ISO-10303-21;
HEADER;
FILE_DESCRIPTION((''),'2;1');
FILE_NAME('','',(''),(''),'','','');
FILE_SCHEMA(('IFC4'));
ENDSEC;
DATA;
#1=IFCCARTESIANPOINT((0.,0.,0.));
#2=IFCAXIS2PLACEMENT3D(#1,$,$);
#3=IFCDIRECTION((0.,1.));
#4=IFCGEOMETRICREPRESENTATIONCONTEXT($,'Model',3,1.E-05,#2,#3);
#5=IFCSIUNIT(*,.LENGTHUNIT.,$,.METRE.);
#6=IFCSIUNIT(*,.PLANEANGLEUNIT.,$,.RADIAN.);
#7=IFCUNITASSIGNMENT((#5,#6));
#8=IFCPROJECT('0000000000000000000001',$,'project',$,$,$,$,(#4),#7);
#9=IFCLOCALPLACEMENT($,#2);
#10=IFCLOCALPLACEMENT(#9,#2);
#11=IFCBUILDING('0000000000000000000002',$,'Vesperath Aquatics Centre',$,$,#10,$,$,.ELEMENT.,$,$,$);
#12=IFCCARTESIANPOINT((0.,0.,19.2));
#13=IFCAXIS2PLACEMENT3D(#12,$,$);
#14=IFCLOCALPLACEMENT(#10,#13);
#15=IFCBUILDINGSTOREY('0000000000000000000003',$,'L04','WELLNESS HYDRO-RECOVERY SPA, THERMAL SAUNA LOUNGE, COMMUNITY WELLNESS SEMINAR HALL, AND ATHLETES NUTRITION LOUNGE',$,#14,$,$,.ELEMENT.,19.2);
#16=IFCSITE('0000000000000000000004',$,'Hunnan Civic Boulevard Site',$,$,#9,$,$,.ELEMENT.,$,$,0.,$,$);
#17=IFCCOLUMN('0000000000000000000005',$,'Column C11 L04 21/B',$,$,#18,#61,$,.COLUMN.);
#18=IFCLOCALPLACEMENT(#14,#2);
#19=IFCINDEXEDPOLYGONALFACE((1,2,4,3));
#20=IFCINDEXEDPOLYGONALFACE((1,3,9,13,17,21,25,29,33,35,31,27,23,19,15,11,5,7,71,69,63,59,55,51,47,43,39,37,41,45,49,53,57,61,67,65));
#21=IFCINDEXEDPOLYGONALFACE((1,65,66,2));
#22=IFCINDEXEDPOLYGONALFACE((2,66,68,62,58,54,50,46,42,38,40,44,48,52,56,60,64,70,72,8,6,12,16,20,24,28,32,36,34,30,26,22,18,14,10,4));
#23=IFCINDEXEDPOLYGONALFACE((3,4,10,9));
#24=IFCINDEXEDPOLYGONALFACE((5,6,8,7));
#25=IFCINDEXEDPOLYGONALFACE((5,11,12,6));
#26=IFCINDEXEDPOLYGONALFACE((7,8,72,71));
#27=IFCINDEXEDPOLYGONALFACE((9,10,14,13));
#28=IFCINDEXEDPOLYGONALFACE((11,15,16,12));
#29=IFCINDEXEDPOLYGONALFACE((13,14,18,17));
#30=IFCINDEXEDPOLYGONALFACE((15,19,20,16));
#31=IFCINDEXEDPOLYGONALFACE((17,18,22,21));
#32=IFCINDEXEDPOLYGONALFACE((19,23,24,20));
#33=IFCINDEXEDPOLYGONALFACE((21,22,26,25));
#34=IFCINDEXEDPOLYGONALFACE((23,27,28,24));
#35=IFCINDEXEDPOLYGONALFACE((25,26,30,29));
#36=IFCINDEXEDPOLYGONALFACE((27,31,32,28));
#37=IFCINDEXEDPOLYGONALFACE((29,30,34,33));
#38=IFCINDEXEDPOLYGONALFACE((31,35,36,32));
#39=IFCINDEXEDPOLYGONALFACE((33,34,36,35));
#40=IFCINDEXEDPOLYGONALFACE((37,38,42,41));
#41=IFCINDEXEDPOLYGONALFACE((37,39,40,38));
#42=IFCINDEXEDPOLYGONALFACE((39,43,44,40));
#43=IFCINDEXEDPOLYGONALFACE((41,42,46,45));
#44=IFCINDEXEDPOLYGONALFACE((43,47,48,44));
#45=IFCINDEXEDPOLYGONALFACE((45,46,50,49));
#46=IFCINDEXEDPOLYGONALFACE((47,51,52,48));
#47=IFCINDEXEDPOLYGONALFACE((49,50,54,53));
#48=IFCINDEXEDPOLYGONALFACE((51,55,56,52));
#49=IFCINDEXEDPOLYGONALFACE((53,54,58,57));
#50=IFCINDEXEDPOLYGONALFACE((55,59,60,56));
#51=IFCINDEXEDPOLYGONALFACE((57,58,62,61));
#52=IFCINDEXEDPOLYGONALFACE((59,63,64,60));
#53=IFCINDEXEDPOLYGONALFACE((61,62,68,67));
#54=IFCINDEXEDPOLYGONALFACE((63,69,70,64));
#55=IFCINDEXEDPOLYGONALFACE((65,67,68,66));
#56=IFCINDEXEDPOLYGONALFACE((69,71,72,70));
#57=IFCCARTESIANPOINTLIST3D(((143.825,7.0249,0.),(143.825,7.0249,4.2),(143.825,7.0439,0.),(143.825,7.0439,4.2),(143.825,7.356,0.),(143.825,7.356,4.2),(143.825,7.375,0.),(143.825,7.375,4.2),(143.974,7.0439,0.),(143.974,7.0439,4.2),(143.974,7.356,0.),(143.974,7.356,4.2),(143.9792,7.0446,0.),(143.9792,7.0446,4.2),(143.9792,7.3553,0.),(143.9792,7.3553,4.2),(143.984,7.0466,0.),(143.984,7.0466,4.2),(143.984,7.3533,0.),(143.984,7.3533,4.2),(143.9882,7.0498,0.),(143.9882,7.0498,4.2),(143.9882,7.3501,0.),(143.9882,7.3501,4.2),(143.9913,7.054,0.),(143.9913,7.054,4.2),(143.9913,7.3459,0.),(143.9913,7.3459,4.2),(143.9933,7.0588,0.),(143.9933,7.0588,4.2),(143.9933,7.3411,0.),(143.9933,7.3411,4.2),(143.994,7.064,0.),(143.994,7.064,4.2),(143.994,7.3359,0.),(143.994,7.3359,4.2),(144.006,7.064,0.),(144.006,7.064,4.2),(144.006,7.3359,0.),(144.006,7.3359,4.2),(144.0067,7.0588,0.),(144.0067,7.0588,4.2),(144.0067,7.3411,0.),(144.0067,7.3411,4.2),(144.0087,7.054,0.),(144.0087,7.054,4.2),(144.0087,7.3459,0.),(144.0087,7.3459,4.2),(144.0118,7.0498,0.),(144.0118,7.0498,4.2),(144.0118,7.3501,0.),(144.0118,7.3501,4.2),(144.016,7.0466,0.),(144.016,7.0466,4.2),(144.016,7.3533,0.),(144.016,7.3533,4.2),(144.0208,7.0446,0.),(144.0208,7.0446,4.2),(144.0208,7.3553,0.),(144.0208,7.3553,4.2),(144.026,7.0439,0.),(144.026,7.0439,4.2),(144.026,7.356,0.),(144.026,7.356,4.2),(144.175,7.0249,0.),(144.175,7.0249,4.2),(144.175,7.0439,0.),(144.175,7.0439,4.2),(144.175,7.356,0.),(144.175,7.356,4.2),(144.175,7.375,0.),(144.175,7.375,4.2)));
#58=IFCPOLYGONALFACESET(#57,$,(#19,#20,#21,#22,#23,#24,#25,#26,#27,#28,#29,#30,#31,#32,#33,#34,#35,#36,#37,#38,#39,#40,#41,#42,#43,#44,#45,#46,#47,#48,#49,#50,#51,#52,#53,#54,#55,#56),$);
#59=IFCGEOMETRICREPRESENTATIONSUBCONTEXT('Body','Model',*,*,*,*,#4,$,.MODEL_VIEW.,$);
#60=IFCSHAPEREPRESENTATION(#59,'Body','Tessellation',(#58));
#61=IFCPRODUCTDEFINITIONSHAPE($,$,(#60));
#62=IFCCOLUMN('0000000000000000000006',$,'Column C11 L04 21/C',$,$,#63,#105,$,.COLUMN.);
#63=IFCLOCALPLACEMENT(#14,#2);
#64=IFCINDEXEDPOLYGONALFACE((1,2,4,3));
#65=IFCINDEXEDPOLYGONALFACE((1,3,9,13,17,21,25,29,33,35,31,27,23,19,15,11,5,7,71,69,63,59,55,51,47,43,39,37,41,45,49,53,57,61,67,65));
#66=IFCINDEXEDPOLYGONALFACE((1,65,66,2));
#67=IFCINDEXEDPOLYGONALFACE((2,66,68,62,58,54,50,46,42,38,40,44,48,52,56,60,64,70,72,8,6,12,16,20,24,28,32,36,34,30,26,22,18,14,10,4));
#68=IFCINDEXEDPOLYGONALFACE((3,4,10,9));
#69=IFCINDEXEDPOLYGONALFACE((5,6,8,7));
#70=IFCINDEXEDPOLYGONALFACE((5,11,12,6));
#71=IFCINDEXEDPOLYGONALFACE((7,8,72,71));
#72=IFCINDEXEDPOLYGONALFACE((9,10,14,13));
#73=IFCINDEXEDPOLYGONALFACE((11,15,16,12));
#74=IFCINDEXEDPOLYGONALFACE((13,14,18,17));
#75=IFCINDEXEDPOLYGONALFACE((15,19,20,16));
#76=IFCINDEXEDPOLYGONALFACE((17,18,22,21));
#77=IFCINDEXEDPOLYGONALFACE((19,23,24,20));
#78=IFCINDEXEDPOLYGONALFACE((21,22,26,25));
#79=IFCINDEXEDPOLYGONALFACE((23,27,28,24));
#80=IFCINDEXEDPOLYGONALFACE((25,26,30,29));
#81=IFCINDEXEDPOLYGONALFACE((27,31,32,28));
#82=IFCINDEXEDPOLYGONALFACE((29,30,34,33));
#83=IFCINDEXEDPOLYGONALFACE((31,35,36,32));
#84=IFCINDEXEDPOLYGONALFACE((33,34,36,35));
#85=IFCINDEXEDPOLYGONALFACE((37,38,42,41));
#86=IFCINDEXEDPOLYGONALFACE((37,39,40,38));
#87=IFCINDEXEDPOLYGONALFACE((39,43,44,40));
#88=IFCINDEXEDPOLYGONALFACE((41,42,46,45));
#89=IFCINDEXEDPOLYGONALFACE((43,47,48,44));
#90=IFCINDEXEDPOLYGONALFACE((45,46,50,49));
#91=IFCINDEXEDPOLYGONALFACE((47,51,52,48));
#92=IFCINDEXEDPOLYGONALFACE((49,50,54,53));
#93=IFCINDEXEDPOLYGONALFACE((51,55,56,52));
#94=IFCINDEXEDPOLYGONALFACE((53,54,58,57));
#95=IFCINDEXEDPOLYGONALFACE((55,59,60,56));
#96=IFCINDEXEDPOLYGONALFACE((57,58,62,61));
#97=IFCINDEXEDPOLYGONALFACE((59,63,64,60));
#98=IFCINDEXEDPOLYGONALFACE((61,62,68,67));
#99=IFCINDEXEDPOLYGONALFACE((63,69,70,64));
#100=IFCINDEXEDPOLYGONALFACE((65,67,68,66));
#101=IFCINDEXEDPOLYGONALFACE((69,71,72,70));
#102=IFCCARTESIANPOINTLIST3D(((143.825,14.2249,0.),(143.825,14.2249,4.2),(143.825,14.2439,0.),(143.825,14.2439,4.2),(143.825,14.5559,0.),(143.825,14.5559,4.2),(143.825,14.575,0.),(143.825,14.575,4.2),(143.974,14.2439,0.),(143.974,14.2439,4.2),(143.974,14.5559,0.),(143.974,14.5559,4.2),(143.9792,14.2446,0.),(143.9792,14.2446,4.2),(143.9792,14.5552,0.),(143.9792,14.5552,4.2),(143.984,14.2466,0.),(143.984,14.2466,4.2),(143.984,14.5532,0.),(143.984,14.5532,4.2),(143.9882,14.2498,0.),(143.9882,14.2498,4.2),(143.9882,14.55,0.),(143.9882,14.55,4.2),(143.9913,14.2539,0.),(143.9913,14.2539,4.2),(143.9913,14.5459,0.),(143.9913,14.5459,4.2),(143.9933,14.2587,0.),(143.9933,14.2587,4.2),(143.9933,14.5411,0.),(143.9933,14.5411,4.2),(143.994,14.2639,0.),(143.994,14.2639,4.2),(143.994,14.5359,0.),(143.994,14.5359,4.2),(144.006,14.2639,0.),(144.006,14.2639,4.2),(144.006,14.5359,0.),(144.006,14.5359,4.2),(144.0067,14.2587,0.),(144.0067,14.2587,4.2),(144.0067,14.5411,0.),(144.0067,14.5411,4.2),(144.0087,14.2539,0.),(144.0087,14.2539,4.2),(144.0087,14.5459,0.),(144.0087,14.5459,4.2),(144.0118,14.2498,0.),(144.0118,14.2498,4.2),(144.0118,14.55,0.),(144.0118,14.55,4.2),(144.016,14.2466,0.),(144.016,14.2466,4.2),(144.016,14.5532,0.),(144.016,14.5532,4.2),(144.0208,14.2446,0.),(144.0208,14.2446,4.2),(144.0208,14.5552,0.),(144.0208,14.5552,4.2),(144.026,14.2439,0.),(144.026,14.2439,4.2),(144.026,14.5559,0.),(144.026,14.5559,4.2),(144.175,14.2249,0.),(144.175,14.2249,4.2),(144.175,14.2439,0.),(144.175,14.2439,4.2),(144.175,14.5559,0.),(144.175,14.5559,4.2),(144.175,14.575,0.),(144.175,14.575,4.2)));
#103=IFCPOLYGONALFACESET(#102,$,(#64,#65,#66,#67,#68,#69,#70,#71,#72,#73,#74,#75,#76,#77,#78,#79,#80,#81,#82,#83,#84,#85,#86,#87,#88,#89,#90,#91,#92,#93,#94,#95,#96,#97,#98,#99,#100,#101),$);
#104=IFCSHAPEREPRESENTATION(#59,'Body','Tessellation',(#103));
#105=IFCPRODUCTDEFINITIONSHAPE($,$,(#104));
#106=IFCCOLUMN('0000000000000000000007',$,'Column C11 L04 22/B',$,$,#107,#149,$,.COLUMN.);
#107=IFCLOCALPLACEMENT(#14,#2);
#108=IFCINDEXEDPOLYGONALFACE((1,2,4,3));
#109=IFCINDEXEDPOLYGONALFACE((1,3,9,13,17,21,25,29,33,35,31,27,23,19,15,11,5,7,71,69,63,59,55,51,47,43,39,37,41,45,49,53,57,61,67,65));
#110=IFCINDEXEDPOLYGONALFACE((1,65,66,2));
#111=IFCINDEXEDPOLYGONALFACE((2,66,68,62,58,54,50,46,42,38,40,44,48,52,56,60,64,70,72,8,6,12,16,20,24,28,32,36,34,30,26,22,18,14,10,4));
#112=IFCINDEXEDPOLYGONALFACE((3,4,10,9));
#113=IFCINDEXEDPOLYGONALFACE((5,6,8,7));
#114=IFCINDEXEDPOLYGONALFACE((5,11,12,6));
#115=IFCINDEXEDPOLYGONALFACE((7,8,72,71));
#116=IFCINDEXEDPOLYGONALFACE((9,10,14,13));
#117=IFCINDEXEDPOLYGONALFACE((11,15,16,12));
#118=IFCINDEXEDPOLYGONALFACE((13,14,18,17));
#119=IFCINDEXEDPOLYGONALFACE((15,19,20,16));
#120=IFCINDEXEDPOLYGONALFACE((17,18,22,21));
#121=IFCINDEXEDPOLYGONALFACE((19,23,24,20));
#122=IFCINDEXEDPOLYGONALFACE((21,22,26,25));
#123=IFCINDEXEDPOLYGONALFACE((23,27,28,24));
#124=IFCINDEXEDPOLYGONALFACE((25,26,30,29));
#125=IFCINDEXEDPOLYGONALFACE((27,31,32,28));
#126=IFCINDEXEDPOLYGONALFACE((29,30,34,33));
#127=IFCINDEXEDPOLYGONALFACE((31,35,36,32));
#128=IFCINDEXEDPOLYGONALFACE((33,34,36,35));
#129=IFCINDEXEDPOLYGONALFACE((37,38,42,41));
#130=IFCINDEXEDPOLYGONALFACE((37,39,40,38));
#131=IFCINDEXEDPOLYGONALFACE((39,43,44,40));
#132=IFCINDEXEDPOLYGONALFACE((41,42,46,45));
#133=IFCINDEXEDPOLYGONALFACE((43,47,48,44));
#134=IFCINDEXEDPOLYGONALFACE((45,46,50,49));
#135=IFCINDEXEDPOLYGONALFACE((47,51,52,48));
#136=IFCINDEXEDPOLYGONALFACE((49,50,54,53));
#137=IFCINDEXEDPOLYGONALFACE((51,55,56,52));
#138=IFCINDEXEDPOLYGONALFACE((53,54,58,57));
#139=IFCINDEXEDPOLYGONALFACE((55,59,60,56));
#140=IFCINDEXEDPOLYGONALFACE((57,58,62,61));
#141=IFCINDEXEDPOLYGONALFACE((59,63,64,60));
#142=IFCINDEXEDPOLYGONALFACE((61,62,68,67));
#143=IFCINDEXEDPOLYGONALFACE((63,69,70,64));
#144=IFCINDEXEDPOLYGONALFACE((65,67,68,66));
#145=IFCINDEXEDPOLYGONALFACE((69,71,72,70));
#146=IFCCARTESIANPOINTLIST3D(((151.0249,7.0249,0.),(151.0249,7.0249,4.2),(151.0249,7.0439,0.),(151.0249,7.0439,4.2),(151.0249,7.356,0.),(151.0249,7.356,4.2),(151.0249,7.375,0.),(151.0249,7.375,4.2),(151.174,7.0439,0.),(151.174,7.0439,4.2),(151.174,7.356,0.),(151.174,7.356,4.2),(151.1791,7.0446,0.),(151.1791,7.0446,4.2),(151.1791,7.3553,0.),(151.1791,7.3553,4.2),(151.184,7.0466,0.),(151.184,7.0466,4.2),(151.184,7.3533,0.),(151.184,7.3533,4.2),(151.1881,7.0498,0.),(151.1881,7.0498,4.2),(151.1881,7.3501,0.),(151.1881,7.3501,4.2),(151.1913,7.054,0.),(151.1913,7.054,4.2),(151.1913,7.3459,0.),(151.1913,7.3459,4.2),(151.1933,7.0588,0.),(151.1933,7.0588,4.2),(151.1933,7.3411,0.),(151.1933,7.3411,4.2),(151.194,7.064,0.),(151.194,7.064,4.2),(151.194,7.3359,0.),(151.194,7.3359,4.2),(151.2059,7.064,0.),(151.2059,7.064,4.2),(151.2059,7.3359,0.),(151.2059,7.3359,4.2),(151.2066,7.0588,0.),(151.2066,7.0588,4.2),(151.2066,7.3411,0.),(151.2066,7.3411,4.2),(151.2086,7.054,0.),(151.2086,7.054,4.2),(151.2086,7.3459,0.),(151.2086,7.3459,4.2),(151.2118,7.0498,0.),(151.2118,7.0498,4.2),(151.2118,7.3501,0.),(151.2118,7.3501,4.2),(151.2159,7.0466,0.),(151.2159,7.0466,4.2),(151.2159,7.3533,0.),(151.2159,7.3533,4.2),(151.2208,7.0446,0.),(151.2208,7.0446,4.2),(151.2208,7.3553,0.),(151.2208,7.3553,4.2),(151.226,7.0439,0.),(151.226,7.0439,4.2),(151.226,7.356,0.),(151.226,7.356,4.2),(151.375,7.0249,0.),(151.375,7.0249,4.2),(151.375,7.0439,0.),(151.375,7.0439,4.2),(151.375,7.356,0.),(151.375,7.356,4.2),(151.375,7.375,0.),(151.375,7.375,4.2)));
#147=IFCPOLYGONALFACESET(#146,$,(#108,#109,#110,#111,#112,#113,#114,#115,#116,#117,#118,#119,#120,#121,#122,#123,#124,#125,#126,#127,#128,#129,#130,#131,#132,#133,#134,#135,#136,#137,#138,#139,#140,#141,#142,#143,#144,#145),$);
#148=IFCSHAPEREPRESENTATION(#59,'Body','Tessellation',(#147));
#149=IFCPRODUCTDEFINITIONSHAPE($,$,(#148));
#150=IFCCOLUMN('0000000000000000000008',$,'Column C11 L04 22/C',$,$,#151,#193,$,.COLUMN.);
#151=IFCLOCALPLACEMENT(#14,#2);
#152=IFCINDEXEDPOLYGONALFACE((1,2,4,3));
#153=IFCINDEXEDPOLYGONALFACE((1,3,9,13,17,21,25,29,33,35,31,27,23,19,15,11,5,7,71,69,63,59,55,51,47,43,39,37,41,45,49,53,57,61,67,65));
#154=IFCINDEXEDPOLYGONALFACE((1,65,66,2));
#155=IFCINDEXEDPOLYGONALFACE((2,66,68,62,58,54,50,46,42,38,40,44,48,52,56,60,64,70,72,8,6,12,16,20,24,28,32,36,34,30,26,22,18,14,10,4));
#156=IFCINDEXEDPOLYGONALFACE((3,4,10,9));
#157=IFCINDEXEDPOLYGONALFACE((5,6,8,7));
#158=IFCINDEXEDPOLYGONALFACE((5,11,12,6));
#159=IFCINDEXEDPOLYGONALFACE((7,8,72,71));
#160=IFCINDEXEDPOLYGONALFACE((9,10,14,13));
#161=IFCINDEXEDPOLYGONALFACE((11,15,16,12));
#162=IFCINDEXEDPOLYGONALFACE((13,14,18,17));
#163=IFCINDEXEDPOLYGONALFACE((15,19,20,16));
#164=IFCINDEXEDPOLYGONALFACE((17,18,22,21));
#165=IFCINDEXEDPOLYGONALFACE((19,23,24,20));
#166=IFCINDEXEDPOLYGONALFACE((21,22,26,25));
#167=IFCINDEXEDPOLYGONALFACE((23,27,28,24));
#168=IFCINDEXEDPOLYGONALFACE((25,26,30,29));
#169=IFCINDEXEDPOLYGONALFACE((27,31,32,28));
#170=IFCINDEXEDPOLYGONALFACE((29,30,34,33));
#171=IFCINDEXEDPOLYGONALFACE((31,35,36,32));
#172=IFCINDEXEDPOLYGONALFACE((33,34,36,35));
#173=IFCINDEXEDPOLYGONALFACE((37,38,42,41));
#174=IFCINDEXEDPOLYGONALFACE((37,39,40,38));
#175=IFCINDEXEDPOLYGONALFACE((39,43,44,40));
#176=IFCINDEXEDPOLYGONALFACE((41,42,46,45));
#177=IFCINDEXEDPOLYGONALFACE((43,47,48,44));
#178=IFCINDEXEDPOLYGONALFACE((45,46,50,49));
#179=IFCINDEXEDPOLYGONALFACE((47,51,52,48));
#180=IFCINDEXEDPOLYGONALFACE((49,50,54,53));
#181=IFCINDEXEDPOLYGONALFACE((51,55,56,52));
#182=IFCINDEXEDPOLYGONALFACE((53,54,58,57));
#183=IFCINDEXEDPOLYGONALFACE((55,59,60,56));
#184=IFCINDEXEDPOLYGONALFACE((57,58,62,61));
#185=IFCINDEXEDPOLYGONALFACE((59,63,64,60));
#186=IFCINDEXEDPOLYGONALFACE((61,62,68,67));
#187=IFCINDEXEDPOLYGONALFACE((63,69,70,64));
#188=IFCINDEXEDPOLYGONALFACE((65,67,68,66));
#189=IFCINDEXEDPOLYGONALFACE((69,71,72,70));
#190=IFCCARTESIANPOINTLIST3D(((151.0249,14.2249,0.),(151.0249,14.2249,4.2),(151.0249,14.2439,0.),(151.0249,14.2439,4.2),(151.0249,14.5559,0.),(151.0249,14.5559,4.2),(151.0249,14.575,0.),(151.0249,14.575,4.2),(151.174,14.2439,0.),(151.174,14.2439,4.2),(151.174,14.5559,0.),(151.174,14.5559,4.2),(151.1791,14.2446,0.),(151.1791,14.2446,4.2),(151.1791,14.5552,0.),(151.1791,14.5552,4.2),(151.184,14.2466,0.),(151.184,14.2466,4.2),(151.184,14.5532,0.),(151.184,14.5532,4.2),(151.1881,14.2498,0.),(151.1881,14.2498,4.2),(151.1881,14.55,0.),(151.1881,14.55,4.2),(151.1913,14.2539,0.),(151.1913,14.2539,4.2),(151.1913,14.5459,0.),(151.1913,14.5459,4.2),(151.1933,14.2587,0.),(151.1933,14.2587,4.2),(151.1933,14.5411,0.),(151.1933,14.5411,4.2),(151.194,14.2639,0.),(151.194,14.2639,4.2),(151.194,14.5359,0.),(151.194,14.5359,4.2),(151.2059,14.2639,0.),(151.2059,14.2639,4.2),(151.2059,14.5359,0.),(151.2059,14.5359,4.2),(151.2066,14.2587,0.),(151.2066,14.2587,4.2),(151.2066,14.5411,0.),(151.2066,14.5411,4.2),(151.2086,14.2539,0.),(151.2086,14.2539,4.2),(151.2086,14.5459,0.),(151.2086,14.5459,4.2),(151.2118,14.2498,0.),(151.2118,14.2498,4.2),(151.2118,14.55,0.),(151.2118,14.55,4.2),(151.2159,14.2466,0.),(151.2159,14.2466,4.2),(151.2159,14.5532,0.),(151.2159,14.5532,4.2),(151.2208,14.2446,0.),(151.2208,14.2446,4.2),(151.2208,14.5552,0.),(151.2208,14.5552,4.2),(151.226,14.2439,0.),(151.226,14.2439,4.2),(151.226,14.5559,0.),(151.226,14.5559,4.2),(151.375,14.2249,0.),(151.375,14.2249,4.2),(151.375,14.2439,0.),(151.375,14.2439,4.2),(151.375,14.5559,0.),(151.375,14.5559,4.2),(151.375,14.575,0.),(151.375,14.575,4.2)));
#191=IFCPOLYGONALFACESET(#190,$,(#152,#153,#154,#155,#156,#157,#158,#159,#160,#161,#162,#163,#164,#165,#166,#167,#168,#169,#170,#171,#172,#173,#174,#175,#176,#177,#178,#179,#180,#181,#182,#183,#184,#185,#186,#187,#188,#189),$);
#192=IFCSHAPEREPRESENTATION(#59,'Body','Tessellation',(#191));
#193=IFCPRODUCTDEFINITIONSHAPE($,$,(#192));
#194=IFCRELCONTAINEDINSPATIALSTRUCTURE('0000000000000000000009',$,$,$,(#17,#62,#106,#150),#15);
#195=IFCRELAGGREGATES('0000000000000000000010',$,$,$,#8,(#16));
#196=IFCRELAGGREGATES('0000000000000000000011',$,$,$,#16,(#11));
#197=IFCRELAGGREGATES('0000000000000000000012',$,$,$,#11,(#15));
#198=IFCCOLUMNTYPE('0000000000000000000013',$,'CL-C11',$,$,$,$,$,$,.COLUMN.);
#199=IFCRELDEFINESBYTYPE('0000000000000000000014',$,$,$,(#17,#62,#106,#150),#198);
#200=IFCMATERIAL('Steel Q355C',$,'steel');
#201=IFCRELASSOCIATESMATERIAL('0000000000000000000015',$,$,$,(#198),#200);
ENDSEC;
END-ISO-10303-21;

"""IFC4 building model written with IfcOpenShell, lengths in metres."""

from ifc_helpers import new_model, si_unit, direction, frame, origin, origin_2d, place, context, subcontext, project, spatial, i_section, extrude, material, material_profile, profile_set, type_object, element, save


model = new_model("IFC4")

# Units and contexts
model_context = context("Model", 3, precision=1e-05, world=origin(), true_north=direction((0.0, 1.0)))
body_context = subcontext(model_context, "Body", "Model", "MODEL_VIEW")
ifc_project = project(units=[si_unit("LENGTHUNIT", "METRE"), si_unit("PLANEANGLEUNIT", "RADIAN")], contexts=[model_context])

# Site, building, storey
site_placement = place(None, origin())
site = spatial("IfcSite", under=ifc_project, at=site_placement, Name="Hunnan Civic Boulevard Site", CompositionType="ELEMENT", RefElevation=0.0)
building_placement = place(site_placement, origin())
building = spatial("IfcBuilding", under=site, at=building_placement, Name="Vesperath Aquatics Centre", CompositionType="ELEMENT")
storey_placement = place(building_placement, frame((0.0, 0.0, 19.2)))
storey = spatial("IfcBuildingStorey", under=building, at=storey_placement, Name="L04", Description="WELLNESS HYDRO-RECOVERY SPA, THERMAL SAUNA LOUNGE, COMMUNITY WELLNESS SEMINAR HALL, AND ATHLETES NUTRITION LOUNGE", CompositionType="ELEMENT", Elevation=19.2)

# Columns
ifc_material_1 = material(Name="Steel Q355C", Category="steel")
ifc_material_profile_1 = material_profile(ifc_material_1, i_section(OverallWidth=0.3501, OverallDepth=0.3501, WebThickness=0.012, FlangeThickness=0.019, FilletRadius=0.02, at=origin_2d()), Name="HW 350x350x12x19")
ifc_profile_set_1 = profile_set([ifc_material_profile_1], Name="Steel Q355C")
column_type = type_object("IfcColumnType", Name="CL-C11", PredefinedType="COLUMN", material=ifc_profile_set_1)
for number, where, z_axis, x_axis, name in (
    (1, (144.0, 7.2, 0.0), (0.0, 0.0, 1.0), (1.0, 0.0, 0.0), "Column C11 L04 21/B"),
    (2, (144.0, 14.3999, 0.0), (0.0, 0.0, 1.0), (1.0, 0.0, 0.0), "Column C11 L04 21/C"),
    (3, (151.2, 7.2, 0.0), (0.0, 0.0, 1.0), (1.0, 0.0, 0.0), "Column C11 L04 22/B"),
    (4, (151.2, 14.3999, 0.0), (0.0, 0.0, 1.0), (1.0, 0.0, 0.0), "Column C11 L04 22/C"),
):
    element("IfcColumn", number, at=place(storey_placement, frame(where, z_axis=z_axis, x_axis=x_axis)), inside=storey, type_object=column_type, Name=name, PredefinedType="COLUMN", context=body_context, shape_type="SweptSolid", body=[
        extrude(i_section(OverallWidth=0.3501, OverallDepth=0.3501, WebThickness=0.012, FlangeThickness=0.019, FilletRadius=0.02, at=origin_2d()), origin(), (0.0, 0.0, 1.0), 4.2),
    ])

save(model, "model.ifc")
